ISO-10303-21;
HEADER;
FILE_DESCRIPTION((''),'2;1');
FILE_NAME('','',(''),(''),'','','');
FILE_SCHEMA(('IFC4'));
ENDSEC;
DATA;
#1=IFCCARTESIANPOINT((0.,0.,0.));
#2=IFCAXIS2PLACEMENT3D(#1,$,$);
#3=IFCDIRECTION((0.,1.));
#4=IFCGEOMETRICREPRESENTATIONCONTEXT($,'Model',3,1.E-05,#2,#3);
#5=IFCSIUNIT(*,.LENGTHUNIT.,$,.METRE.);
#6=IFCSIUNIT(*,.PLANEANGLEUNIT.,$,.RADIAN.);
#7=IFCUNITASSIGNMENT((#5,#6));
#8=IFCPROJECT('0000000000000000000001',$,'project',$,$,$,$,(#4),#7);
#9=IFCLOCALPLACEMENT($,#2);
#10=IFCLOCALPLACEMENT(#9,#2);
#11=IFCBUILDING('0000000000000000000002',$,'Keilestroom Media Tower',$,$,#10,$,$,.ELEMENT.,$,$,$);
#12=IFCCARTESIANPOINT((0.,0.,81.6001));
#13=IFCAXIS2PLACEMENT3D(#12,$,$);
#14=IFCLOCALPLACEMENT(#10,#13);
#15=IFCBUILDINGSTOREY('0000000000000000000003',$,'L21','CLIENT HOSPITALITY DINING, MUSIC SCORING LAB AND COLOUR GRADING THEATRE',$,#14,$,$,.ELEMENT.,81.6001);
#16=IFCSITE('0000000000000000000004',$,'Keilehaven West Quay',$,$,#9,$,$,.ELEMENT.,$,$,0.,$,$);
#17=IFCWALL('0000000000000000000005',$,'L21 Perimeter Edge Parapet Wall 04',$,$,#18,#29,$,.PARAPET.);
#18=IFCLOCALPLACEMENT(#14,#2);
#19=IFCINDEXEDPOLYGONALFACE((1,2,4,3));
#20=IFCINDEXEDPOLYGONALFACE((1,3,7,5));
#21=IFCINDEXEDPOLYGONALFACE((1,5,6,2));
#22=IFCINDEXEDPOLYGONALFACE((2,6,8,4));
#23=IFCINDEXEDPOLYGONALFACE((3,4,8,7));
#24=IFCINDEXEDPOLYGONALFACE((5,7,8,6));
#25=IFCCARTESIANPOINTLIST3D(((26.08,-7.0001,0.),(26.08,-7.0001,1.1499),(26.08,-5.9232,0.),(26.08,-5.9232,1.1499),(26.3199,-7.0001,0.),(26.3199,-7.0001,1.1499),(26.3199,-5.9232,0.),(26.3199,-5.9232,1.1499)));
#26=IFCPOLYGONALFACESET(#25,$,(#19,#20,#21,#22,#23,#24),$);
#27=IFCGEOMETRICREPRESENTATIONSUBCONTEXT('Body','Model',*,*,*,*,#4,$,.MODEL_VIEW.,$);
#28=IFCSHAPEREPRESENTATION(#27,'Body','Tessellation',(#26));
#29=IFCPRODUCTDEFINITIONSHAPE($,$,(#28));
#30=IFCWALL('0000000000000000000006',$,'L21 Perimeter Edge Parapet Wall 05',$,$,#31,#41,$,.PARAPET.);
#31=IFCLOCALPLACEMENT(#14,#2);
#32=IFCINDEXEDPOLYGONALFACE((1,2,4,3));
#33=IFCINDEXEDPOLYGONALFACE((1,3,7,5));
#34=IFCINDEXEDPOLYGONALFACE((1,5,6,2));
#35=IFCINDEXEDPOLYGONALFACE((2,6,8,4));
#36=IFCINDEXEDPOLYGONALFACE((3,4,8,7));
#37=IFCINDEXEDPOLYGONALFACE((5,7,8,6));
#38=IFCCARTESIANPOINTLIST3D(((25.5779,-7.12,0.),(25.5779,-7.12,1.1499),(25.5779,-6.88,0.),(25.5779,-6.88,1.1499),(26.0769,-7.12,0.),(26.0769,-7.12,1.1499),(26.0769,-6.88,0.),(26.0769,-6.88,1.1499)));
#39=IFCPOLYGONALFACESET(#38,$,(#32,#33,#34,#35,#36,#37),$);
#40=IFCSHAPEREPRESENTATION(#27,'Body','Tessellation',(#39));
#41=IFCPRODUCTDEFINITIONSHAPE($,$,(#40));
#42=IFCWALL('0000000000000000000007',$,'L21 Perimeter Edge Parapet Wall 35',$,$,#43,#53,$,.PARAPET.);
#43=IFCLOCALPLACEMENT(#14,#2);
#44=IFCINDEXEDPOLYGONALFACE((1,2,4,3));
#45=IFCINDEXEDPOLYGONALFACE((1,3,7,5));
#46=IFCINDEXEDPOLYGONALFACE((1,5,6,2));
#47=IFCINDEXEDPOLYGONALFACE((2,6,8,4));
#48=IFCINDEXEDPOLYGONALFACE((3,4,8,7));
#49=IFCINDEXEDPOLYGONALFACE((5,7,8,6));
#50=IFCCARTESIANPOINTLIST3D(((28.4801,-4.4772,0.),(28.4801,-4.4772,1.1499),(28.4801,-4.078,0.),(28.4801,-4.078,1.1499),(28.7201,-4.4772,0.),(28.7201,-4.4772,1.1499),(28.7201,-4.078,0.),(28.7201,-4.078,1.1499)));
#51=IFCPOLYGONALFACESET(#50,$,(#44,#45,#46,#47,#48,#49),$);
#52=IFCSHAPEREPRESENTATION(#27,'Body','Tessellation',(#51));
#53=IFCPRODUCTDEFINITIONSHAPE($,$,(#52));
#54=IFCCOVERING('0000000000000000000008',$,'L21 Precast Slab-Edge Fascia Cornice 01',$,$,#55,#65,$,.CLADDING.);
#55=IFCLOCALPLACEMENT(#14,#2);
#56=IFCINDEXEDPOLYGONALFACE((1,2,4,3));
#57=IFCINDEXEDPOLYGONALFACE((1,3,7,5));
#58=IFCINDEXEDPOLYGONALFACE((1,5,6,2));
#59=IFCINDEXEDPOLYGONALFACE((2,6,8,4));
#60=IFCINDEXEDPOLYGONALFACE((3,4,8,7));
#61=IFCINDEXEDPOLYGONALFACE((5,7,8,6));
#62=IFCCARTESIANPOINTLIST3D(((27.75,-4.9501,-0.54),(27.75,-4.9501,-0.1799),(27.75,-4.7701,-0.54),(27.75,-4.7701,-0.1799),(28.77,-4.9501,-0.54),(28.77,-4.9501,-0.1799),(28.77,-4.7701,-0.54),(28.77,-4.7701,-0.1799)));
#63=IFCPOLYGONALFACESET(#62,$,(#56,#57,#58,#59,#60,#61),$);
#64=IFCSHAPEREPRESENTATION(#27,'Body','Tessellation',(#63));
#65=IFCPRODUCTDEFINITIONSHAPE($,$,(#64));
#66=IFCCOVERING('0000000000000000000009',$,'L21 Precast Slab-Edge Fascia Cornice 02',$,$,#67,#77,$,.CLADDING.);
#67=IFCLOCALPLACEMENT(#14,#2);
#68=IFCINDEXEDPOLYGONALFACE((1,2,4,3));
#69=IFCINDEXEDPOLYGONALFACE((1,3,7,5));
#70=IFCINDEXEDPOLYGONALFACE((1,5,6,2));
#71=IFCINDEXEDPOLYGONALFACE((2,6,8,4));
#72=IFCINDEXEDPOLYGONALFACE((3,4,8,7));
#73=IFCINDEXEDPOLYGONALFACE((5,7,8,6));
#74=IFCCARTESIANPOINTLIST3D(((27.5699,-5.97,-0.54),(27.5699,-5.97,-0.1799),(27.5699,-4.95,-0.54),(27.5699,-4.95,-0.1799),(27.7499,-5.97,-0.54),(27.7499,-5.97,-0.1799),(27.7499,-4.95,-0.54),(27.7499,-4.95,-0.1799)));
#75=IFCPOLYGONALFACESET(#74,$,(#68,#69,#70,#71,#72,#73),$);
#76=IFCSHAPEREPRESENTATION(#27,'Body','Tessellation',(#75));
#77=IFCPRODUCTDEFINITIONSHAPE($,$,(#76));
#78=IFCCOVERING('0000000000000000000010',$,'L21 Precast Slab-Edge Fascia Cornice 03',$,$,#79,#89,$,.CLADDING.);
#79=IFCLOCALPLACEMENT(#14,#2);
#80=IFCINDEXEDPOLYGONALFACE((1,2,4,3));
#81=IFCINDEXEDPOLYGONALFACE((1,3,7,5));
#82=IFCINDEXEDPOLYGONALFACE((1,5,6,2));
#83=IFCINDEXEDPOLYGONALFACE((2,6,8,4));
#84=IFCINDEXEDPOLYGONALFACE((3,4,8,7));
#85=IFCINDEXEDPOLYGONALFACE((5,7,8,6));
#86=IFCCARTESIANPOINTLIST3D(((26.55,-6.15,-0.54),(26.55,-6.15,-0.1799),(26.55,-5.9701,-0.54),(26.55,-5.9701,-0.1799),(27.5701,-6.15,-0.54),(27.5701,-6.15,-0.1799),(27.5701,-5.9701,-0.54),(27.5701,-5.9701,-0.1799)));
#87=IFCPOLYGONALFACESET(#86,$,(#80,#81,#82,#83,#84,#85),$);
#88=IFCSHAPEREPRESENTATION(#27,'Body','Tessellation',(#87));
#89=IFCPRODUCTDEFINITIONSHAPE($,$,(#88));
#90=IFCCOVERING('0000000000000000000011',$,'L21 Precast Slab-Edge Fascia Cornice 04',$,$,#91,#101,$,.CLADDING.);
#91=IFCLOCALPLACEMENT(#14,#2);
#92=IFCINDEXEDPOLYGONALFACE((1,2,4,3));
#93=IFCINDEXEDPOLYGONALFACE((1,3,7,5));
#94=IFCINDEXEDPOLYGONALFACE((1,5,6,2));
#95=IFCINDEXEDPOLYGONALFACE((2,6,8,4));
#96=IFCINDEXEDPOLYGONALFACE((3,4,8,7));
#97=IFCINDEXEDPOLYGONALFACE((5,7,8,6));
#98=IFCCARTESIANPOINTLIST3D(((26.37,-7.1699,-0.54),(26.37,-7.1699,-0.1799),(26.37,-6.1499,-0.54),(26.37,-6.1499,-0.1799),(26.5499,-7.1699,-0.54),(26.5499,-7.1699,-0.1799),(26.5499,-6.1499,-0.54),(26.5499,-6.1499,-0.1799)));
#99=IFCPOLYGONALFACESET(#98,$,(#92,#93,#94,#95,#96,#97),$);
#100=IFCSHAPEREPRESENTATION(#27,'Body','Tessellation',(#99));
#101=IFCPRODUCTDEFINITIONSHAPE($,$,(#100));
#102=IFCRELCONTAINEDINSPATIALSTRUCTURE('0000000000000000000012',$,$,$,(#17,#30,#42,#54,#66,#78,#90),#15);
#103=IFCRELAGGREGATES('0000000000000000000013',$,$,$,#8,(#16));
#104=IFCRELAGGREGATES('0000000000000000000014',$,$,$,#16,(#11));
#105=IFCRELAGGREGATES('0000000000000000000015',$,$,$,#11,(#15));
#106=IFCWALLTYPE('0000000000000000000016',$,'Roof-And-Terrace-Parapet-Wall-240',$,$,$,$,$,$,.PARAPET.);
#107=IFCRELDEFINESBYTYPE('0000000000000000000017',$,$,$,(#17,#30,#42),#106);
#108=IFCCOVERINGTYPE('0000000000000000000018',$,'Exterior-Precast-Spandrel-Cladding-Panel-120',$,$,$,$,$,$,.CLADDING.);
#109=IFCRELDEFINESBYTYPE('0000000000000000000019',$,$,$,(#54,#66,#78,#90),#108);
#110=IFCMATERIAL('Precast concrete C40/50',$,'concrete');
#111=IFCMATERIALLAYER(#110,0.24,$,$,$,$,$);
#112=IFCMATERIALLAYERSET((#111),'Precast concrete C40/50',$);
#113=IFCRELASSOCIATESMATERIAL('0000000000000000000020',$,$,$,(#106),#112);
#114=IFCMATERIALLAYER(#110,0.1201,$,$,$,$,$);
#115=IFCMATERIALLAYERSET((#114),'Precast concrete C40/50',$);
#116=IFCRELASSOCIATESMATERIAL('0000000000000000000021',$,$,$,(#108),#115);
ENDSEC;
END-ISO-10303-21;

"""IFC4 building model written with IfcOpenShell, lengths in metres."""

from ifc_helpers import new_model, si_unit, direction, frame, frame_2d, origin, origin_2d, place, context, subcontext, project, spatial, rectangle, extrude, source, transform, mapped, material, layer, layer_set, type_object, element, save


model = new_model("IFC4")

# Units and contexts
model_context = context("Model", 3, precision=1e-05, world=origin(), true_north=direction((0.0, 1.0)))
body_context = subcontext(model_context, "Body", "Model", "MODEL_VIEW")
ifc_project = project(units=[si_unit("LENGTHUNIT", "METRE"), si_unit("PLANEANGLEUNIT", "RADIAN")], contexts=[model_context])

# Site, building, storey
site_placement = place(None, origin())
site = spatial("IfcSite", under=ifc_project, at=site_placement, Name="Keilehaven West Quay", CompositionType="ELEMENT", RefElevation=0.0)
building_placement = place(site_placement, origin())
building = spatial("IfcBuilding", under=site, at=building_placement, Name="Keilestroom Media Tower", CompositionType="ELEMENT")
storey_placement = place(building_placement, frame((0.0, 0.0, 81.6001)))
storey = spatial("IfcBuildingStorey", under=building, at=storey_placement, Name="L21", Description="CLIENT HOSPITALITY DINING, MUSIC SCORING LAB AND COLOUR GRADING THEATRE", CompositionType="ELEMENT", Elevation=81.6001)

# Shared definitions
ifc_material_1 = material(Name="Precast concrete C40/50", Category="concrete")

# Walls
ifc_layer_1 = layer(ifc_material_1, 0.24)
ifc_layer_set_1 = layer_set([ifc_layer_1], Name="Precast concrete C40/50")
wall_type_1 = type_object("IfcWallType", Name="Roof-And-Terrace-Parapet-Wall-240", PredefinedType="PARAPET", material=ifc_layer_set_1)
wall_1_placement = place(storey_placement, frame((26.2, -5.9231, 0.0), z_axis=(0.0, 0.0, 1.0), x_axis=(0.0, -1.0, 0.0)))
element("IfcWall", 1, at=wall_1_placement, inside=storey, type_object=wall_type_1, Name="L21 Perimeter Edge Parapet Wall 04", PredefinedType="PARAPET", context=body_context, shape_type="SweptSolid", body=[
    extrude(rectangle(XDim=1.0769, YDim=0.24, at=frame_2d((0.5386, 0.0))), origin(), (0.0, 0.0, 1.0), 1.1499),
])
wall_2_placement = place(storey_placement, frame((26.0769, -7.0, 0.0), z_axis=(0.0, 0.0, 1.0), x_axis=(-1.0, 0.0, 0.0)))
element("IfcWall", 2, at=wall_2_placement, inside=storey, type_object=wall_type_1, Name="L21 Perimeter Edge Parapet Wall 05", PredefinedType="PARAPET", context=body_context, shape_type="SweptSolid", body=[
    extrude(rectangle(XDim=0.499, YDim=0.24, at=frame_2d((0.2495, 0.0))), origin(), (0.0, 0.0, 1.0), 1.1499),
])
wall_3_placement = place(storey_placement, frame((28.6001, -4.0779, 0.0), z_axis=(0.0, 0.0, 1.0), x_axis=(0.0, -1.0, 0.0)))
element("IfcWall", 3, at=wall_3_placement, inside=storey, type_object=wall_type_1, Name="L21 Perimeter Edge Parapet Wall 35", PredefinedType="PARAPET", context=body_context, shape_type="SweptSolid", body=[
    extrude(rectangle(XDim=0.3992, YDim=0.24, at=frame_2d((0.1997, 0.0))), origin(), (0.0, 0.0, 1.0), 1.1499),
])

# Coverings
ifc_layer_2 = layer(ifc_material_1, 0.1201)
ifc_layer_set_2 = layer_set([ifc_layer_2], Name="Precast concrete C40/50")
covering_type = type_object("IfcCoveringType", Name="Exterior-Precast-Spandrel-Cladding-Panel-120", PredefinedType="CLADDING", material=ifc_layer_set_2)
shared_shape_1 = source(origin(), body_context, "Body", "SweptSolid", [
    extrude(rectangle(XDim=1.02, YDim=0.1799, at=origin_2d()), origin(), (0.0, 0.0, 1.0), 0.3601),
])
for number, where, z_axis, x_axis, name in (
    (4, (28.26, -4.8601, -0.54), (0.0, 0.0, 1.0), (-1.0, 0.0, 0.0), "L21 Precast Slab-Edge Fascia Cornice 01"),
    (5, (27.6599, -5.46, -0.54), (0.0, 0.0, 1.0), (0.0, -1.0, 0.0), "L21 Precast Slab-Edge Fascia Cornice 02"),
    (6, (27.0601, -6.0601, -0.54), (0.0, 0.0, 1.0), (-1.0, 0.0, 0.0), "L21 Precast Slab-Edge Fascia Cornice 03"),
    (7, (26.46, -6.6599, -0.54), (0.0, 0.0, 1.0), (0.0, -1.0, 0.0), "L21 Precast Slab-Edge Fascia Cornice 04"),
):
    element("IfcCovering", number, at=place(storey_placement, frame(where, z_axis=z_axis, x_axis=x_axis)), inside=storey, type_object=covering_type, Name=name, PredefinedType="CLADDING", context=body_context, shape_type="MappedRepresentation", body=[
        mapped(shared_shape_1, transform((0.0, 0.0, 0.0), x_axis=(1.0, 0.0, 0.0), y_axis=(0.0, 1.0, 0.0), z_axis=(0.0, 0.0, 1.0), scale=1.0)),
    ])

save(model, "model.ifc")
